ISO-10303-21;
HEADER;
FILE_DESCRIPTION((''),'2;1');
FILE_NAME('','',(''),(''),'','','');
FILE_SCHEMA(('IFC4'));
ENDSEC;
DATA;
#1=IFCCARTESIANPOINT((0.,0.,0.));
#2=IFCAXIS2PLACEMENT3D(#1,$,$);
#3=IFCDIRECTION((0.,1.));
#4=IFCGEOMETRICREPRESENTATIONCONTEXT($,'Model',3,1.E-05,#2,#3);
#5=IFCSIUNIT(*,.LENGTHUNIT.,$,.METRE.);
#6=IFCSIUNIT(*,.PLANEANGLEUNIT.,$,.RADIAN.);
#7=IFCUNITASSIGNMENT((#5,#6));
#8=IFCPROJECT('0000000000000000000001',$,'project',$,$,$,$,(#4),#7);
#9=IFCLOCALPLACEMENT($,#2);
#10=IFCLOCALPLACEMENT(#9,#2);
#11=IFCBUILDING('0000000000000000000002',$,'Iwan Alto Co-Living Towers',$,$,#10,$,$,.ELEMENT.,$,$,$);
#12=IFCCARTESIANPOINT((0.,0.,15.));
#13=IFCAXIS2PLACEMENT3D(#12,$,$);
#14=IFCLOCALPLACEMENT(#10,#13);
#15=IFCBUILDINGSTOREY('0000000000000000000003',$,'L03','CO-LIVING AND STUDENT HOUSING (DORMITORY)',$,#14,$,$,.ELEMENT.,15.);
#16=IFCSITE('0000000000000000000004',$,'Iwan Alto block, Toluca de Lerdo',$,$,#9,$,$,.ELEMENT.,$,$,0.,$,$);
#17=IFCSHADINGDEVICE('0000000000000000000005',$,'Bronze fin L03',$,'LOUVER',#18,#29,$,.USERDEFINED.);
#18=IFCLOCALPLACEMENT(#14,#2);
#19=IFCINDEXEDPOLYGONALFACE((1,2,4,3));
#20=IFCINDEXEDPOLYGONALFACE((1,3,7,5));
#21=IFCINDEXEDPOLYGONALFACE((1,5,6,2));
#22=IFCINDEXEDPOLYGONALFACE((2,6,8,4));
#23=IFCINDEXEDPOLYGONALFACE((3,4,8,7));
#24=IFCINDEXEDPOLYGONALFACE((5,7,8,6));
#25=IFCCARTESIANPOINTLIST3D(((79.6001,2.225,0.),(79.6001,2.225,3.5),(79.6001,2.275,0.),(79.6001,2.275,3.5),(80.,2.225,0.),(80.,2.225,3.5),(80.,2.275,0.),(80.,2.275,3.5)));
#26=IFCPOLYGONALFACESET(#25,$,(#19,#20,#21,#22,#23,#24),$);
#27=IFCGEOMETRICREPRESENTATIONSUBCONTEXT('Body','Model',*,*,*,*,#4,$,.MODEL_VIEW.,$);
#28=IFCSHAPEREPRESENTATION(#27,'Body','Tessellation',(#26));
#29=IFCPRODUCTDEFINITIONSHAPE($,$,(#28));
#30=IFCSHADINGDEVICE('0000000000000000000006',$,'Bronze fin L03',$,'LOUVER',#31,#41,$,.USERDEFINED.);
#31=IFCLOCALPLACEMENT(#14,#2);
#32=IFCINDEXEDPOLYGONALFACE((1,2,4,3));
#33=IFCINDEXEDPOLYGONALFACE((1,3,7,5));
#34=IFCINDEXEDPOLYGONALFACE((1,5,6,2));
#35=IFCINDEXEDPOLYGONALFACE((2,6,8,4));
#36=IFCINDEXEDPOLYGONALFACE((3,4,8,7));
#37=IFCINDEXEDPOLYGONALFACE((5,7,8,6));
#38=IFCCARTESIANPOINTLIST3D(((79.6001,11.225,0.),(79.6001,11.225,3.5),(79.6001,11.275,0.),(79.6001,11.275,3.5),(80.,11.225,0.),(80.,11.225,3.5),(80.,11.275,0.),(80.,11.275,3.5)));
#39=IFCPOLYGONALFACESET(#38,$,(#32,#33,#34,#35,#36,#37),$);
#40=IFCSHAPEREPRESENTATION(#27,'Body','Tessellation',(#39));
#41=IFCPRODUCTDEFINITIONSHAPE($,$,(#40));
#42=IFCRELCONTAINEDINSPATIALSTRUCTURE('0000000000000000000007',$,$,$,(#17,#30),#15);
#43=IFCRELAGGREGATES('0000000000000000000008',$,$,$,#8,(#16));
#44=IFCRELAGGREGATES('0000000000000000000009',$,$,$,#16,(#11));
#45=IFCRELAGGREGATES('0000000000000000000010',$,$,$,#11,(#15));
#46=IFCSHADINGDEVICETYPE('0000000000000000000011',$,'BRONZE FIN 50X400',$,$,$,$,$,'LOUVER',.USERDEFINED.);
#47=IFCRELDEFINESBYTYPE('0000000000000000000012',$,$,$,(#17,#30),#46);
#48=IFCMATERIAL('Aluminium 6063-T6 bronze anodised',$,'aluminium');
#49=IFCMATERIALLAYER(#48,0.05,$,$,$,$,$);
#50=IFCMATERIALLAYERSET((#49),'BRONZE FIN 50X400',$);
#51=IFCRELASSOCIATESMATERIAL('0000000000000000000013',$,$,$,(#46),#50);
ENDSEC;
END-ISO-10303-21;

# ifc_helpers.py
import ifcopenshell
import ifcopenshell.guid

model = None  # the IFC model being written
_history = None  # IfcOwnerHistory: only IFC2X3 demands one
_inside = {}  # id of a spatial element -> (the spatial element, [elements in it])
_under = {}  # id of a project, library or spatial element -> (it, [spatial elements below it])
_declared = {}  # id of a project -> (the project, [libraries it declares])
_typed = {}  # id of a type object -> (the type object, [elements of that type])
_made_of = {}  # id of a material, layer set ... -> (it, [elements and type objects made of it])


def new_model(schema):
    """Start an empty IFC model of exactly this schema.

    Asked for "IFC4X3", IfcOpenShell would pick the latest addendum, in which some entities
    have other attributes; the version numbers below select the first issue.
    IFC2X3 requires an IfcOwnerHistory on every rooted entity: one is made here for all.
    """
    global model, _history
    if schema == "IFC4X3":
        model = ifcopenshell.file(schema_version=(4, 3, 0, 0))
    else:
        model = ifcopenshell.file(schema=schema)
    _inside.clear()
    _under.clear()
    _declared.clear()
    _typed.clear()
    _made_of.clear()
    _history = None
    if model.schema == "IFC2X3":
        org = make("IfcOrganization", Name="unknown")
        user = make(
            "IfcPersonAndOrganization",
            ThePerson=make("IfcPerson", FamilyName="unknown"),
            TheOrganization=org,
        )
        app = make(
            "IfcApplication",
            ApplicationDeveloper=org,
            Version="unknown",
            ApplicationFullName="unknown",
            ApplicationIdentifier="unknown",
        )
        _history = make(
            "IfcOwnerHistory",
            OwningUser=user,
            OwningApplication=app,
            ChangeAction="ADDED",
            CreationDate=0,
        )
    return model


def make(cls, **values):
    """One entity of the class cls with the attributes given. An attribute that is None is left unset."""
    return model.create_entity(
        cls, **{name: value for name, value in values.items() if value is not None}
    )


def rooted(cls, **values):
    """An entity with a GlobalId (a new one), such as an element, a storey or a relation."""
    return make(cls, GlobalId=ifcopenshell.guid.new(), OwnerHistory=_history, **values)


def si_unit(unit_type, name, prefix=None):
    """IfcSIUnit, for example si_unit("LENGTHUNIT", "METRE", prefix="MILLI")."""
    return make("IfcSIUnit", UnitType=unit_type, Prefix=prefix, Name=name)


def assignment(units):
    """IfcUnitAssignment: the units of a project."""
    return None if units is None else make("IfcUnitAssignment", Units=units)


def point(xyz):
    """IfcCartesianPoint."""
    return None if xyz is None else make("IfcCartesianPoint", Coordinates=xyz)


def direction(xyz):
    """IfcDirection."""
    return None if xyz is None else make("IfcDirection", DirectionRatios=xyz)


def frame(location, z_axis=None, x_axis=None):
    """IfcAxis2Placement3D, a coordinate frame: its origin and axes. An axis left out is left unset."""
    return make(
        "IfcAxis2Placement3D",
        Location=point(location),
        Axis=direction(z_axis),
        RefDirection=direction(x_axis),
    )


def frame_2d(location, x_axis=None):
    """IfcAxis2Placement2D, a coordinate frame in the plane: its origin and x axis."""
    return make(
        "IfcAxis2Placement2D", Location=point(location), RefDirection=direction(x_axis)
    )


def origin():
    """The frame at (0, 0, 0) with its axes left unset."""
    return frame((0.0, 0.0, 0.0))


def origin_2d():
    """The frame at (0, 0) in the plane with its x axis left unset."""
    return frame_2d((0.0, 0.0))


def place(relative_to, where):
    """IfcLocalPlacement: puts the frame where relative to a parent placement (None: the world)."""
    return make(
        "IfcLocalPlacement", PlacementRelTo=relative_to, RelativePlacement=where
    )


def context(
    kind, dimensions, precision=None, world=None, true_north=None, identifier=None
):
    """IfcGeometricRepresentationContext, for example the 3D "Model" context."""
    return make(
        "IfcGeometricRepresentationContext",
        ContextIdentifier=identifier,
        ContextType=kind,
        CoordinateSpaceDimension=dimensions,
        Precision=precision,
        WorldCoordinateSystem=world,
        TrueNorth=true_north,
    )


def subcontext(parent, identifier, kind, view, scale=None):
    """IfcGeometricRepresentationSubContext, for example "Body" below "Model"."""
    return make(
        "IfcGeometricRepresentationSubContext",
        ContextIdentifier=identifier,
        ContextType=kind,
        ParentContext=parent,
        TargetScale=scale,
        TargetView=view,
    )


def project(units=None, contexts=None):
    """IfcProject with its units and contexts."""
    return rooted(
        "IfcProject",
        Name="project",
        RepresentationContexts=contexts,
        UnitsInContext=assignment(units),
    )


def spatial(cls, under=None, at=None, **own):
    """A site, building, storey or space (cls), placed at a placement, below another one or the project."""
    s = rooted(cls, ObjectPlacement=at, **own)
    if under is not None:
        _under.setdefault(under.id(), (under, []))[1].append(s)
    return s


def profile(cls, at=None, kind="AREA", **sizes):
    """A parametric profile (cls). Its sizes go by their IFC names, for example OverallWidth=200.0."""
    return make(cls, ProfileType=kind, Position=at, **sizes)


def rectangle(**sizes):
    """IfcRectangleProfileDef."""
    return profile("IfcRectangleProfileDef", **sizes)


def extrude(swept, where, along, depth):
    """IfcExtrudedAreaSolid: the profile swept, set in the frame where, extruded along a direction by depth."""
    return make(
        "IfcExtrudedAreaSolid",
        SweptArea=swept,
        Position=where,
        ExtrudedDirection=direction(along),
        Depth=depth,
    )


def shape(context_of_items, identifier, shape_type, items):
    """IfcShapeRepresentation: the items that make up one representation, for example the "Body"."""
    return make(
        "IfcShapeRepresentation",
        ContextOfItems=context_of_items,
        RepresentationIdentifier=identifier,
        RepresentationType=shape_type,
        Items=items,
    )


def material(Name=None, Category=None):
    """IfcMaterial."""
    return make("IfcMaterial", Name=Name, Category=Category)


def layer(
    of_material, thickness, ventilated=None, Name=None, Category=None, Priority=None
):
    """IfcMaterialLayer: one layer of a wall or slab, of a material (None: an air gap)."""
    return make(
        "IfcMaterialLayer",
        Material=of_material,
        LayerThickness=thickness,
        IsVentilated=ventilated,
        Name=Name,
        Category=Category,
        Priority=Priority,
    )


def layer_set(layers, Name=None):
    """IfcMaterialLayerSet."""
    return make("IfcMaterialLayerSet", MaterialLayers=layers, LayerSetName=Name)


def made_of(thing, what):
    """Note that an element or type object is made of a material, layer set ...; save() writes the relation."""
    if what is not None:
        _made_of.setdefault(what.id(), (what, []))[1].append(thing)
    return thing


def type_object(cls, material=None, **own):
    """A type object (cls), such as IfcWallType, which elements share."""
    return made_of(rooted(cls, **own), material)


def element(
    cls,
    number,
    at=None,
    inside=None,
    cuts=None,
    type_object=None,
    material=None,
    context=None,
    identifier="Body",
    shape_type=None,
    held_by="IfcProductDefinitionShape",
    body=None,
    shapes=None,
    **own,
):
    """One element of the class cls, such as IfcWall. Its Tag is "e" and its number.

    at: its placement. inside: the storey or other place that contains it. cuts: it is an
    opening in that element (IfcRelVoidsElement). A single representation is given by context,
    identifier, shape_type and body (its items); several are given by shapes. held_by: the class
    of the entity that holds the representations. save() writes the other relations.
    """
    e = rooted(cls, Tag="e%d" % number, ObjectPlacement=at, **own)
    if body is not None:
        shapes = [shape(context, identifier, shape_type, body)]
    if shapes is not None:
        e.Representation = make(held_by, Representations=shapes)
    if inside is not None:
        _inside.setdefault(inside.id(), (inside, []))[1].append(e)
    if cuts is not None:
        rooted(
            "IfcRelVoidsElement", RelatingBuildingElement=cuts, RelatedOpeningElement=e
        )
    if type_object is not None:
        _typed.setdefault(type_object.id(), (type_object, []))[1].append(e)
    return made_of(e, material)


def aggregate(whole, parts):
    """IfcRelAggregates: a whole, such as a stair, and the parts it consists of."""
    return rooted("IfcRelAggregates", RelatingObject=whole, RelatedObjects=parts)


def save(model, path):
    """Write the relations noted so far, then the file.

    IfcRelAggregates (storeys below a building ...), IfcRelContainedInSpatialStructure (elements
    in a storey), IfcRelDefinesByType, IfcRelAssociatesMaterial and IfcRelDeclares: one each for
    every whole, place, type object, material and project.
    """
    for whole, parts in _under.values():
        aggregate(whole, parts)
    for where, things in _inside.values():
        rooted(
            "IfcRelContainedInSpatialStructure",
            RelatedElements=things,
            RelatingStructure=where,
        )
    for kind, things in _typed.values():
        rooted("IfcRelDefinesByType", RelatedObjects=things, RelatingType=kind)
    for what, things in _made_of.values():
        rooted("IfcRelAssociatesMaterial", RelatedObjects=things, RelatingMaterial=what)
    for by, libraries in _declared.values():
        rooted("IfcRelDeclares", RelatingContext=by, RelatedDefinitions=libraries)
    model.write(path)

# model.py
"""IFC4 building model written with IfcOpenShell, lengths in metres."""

from ifc_helpers import new_model, si_unit, direction, frame, origin, origin_2d, place, context, subcontext, project, spatial, rectangle, extrude, material, layer, layer_set, type_object, element, save


model = new_model("IFC4")

# Units and contexts
model_context = context("Model", 3, precision=1e-05, world=origin(), true_north=direction((0.0, 1.0)))
body_context = subcontext(model_context, "Body", "Model", "MODEL_VIEW")
ifc_project = project(units=[si_unit("LENGTHUNIT", "METRE"), si_unit("PLANEANGLEUNIT", "RADIAN")], contexts=[model_context])

# Site, building, storey
site_placement = place(None, origin())
site = spatial("IfcSite", under=ifc_project, at=site_placement, Name="Iwan Alto block, Toluca de Lerdo", CompositionType="ELEMENT", RefElevation=0.0)
building_placement = place(site_placement, origin())
building = spatial("IfcBuilding", under=site, at=building_placement, Name="Iwan Alto Co-Living Towers", CompositionType="ELEMENT")
storey_placement = place(building_placement, frame((0.0, 0.0, 15.0)))
storey = spatial("IfcBuildingStorey", under=building, at=storey_placement, Name="L03", Description="CO-LIVING AND STUDENT HOUSING (DORMITORY)", CompositionType="ELEMENT", Elevation=15.0)

# Shading devices
ifc_material_1 = material(Name="Aluminium 6063-T6 bronze anodised", Category="aluminium")
ifc_layer_1 = layer(ifc_material_1, 0.05)
ifc_layer_set_1 = layer_set([ifc_layer_1], Name="BRONZE FIN 50X400")
shading_device_type = type_object("IfcShadingDeviceType", Name="BRONZE FIN 50X400", ElementType="LOUVER", PredefinedType="USERDEFINED", material=ifc_layer_set_1)
for number, where, z_axis, x_axis, name in (
    (1, (79.8, 2.25, 0.0), (0.0, 0.0, 1.0), (0.0, 1.0, 0.0), "Bronze fin L03"),
    (2, (79.8, 11.25, 0.0), (0.0, 0.0, 1.0), (0.0, 1.0, 0.0), "Bronze fin L03"),
):
    element("IfcShadingDevice", number, at=place(storey_placement, frame(where, z_axis=z_axis, x_axis=x_axis)), inside=storey, type_object=shading_device_type, Name=name, ObjectType="LOUVER", PredefinedType="USERDEFINED", context=body_context, shape_type="SweptSolid", body=[
        extrude(rectangle(XDim=0.05, YDim=0.3999, at=origin_2d()), origin(), (0.0, 0.0, 1.0), 3.5),
    ])

save(model, "model.ifc")
